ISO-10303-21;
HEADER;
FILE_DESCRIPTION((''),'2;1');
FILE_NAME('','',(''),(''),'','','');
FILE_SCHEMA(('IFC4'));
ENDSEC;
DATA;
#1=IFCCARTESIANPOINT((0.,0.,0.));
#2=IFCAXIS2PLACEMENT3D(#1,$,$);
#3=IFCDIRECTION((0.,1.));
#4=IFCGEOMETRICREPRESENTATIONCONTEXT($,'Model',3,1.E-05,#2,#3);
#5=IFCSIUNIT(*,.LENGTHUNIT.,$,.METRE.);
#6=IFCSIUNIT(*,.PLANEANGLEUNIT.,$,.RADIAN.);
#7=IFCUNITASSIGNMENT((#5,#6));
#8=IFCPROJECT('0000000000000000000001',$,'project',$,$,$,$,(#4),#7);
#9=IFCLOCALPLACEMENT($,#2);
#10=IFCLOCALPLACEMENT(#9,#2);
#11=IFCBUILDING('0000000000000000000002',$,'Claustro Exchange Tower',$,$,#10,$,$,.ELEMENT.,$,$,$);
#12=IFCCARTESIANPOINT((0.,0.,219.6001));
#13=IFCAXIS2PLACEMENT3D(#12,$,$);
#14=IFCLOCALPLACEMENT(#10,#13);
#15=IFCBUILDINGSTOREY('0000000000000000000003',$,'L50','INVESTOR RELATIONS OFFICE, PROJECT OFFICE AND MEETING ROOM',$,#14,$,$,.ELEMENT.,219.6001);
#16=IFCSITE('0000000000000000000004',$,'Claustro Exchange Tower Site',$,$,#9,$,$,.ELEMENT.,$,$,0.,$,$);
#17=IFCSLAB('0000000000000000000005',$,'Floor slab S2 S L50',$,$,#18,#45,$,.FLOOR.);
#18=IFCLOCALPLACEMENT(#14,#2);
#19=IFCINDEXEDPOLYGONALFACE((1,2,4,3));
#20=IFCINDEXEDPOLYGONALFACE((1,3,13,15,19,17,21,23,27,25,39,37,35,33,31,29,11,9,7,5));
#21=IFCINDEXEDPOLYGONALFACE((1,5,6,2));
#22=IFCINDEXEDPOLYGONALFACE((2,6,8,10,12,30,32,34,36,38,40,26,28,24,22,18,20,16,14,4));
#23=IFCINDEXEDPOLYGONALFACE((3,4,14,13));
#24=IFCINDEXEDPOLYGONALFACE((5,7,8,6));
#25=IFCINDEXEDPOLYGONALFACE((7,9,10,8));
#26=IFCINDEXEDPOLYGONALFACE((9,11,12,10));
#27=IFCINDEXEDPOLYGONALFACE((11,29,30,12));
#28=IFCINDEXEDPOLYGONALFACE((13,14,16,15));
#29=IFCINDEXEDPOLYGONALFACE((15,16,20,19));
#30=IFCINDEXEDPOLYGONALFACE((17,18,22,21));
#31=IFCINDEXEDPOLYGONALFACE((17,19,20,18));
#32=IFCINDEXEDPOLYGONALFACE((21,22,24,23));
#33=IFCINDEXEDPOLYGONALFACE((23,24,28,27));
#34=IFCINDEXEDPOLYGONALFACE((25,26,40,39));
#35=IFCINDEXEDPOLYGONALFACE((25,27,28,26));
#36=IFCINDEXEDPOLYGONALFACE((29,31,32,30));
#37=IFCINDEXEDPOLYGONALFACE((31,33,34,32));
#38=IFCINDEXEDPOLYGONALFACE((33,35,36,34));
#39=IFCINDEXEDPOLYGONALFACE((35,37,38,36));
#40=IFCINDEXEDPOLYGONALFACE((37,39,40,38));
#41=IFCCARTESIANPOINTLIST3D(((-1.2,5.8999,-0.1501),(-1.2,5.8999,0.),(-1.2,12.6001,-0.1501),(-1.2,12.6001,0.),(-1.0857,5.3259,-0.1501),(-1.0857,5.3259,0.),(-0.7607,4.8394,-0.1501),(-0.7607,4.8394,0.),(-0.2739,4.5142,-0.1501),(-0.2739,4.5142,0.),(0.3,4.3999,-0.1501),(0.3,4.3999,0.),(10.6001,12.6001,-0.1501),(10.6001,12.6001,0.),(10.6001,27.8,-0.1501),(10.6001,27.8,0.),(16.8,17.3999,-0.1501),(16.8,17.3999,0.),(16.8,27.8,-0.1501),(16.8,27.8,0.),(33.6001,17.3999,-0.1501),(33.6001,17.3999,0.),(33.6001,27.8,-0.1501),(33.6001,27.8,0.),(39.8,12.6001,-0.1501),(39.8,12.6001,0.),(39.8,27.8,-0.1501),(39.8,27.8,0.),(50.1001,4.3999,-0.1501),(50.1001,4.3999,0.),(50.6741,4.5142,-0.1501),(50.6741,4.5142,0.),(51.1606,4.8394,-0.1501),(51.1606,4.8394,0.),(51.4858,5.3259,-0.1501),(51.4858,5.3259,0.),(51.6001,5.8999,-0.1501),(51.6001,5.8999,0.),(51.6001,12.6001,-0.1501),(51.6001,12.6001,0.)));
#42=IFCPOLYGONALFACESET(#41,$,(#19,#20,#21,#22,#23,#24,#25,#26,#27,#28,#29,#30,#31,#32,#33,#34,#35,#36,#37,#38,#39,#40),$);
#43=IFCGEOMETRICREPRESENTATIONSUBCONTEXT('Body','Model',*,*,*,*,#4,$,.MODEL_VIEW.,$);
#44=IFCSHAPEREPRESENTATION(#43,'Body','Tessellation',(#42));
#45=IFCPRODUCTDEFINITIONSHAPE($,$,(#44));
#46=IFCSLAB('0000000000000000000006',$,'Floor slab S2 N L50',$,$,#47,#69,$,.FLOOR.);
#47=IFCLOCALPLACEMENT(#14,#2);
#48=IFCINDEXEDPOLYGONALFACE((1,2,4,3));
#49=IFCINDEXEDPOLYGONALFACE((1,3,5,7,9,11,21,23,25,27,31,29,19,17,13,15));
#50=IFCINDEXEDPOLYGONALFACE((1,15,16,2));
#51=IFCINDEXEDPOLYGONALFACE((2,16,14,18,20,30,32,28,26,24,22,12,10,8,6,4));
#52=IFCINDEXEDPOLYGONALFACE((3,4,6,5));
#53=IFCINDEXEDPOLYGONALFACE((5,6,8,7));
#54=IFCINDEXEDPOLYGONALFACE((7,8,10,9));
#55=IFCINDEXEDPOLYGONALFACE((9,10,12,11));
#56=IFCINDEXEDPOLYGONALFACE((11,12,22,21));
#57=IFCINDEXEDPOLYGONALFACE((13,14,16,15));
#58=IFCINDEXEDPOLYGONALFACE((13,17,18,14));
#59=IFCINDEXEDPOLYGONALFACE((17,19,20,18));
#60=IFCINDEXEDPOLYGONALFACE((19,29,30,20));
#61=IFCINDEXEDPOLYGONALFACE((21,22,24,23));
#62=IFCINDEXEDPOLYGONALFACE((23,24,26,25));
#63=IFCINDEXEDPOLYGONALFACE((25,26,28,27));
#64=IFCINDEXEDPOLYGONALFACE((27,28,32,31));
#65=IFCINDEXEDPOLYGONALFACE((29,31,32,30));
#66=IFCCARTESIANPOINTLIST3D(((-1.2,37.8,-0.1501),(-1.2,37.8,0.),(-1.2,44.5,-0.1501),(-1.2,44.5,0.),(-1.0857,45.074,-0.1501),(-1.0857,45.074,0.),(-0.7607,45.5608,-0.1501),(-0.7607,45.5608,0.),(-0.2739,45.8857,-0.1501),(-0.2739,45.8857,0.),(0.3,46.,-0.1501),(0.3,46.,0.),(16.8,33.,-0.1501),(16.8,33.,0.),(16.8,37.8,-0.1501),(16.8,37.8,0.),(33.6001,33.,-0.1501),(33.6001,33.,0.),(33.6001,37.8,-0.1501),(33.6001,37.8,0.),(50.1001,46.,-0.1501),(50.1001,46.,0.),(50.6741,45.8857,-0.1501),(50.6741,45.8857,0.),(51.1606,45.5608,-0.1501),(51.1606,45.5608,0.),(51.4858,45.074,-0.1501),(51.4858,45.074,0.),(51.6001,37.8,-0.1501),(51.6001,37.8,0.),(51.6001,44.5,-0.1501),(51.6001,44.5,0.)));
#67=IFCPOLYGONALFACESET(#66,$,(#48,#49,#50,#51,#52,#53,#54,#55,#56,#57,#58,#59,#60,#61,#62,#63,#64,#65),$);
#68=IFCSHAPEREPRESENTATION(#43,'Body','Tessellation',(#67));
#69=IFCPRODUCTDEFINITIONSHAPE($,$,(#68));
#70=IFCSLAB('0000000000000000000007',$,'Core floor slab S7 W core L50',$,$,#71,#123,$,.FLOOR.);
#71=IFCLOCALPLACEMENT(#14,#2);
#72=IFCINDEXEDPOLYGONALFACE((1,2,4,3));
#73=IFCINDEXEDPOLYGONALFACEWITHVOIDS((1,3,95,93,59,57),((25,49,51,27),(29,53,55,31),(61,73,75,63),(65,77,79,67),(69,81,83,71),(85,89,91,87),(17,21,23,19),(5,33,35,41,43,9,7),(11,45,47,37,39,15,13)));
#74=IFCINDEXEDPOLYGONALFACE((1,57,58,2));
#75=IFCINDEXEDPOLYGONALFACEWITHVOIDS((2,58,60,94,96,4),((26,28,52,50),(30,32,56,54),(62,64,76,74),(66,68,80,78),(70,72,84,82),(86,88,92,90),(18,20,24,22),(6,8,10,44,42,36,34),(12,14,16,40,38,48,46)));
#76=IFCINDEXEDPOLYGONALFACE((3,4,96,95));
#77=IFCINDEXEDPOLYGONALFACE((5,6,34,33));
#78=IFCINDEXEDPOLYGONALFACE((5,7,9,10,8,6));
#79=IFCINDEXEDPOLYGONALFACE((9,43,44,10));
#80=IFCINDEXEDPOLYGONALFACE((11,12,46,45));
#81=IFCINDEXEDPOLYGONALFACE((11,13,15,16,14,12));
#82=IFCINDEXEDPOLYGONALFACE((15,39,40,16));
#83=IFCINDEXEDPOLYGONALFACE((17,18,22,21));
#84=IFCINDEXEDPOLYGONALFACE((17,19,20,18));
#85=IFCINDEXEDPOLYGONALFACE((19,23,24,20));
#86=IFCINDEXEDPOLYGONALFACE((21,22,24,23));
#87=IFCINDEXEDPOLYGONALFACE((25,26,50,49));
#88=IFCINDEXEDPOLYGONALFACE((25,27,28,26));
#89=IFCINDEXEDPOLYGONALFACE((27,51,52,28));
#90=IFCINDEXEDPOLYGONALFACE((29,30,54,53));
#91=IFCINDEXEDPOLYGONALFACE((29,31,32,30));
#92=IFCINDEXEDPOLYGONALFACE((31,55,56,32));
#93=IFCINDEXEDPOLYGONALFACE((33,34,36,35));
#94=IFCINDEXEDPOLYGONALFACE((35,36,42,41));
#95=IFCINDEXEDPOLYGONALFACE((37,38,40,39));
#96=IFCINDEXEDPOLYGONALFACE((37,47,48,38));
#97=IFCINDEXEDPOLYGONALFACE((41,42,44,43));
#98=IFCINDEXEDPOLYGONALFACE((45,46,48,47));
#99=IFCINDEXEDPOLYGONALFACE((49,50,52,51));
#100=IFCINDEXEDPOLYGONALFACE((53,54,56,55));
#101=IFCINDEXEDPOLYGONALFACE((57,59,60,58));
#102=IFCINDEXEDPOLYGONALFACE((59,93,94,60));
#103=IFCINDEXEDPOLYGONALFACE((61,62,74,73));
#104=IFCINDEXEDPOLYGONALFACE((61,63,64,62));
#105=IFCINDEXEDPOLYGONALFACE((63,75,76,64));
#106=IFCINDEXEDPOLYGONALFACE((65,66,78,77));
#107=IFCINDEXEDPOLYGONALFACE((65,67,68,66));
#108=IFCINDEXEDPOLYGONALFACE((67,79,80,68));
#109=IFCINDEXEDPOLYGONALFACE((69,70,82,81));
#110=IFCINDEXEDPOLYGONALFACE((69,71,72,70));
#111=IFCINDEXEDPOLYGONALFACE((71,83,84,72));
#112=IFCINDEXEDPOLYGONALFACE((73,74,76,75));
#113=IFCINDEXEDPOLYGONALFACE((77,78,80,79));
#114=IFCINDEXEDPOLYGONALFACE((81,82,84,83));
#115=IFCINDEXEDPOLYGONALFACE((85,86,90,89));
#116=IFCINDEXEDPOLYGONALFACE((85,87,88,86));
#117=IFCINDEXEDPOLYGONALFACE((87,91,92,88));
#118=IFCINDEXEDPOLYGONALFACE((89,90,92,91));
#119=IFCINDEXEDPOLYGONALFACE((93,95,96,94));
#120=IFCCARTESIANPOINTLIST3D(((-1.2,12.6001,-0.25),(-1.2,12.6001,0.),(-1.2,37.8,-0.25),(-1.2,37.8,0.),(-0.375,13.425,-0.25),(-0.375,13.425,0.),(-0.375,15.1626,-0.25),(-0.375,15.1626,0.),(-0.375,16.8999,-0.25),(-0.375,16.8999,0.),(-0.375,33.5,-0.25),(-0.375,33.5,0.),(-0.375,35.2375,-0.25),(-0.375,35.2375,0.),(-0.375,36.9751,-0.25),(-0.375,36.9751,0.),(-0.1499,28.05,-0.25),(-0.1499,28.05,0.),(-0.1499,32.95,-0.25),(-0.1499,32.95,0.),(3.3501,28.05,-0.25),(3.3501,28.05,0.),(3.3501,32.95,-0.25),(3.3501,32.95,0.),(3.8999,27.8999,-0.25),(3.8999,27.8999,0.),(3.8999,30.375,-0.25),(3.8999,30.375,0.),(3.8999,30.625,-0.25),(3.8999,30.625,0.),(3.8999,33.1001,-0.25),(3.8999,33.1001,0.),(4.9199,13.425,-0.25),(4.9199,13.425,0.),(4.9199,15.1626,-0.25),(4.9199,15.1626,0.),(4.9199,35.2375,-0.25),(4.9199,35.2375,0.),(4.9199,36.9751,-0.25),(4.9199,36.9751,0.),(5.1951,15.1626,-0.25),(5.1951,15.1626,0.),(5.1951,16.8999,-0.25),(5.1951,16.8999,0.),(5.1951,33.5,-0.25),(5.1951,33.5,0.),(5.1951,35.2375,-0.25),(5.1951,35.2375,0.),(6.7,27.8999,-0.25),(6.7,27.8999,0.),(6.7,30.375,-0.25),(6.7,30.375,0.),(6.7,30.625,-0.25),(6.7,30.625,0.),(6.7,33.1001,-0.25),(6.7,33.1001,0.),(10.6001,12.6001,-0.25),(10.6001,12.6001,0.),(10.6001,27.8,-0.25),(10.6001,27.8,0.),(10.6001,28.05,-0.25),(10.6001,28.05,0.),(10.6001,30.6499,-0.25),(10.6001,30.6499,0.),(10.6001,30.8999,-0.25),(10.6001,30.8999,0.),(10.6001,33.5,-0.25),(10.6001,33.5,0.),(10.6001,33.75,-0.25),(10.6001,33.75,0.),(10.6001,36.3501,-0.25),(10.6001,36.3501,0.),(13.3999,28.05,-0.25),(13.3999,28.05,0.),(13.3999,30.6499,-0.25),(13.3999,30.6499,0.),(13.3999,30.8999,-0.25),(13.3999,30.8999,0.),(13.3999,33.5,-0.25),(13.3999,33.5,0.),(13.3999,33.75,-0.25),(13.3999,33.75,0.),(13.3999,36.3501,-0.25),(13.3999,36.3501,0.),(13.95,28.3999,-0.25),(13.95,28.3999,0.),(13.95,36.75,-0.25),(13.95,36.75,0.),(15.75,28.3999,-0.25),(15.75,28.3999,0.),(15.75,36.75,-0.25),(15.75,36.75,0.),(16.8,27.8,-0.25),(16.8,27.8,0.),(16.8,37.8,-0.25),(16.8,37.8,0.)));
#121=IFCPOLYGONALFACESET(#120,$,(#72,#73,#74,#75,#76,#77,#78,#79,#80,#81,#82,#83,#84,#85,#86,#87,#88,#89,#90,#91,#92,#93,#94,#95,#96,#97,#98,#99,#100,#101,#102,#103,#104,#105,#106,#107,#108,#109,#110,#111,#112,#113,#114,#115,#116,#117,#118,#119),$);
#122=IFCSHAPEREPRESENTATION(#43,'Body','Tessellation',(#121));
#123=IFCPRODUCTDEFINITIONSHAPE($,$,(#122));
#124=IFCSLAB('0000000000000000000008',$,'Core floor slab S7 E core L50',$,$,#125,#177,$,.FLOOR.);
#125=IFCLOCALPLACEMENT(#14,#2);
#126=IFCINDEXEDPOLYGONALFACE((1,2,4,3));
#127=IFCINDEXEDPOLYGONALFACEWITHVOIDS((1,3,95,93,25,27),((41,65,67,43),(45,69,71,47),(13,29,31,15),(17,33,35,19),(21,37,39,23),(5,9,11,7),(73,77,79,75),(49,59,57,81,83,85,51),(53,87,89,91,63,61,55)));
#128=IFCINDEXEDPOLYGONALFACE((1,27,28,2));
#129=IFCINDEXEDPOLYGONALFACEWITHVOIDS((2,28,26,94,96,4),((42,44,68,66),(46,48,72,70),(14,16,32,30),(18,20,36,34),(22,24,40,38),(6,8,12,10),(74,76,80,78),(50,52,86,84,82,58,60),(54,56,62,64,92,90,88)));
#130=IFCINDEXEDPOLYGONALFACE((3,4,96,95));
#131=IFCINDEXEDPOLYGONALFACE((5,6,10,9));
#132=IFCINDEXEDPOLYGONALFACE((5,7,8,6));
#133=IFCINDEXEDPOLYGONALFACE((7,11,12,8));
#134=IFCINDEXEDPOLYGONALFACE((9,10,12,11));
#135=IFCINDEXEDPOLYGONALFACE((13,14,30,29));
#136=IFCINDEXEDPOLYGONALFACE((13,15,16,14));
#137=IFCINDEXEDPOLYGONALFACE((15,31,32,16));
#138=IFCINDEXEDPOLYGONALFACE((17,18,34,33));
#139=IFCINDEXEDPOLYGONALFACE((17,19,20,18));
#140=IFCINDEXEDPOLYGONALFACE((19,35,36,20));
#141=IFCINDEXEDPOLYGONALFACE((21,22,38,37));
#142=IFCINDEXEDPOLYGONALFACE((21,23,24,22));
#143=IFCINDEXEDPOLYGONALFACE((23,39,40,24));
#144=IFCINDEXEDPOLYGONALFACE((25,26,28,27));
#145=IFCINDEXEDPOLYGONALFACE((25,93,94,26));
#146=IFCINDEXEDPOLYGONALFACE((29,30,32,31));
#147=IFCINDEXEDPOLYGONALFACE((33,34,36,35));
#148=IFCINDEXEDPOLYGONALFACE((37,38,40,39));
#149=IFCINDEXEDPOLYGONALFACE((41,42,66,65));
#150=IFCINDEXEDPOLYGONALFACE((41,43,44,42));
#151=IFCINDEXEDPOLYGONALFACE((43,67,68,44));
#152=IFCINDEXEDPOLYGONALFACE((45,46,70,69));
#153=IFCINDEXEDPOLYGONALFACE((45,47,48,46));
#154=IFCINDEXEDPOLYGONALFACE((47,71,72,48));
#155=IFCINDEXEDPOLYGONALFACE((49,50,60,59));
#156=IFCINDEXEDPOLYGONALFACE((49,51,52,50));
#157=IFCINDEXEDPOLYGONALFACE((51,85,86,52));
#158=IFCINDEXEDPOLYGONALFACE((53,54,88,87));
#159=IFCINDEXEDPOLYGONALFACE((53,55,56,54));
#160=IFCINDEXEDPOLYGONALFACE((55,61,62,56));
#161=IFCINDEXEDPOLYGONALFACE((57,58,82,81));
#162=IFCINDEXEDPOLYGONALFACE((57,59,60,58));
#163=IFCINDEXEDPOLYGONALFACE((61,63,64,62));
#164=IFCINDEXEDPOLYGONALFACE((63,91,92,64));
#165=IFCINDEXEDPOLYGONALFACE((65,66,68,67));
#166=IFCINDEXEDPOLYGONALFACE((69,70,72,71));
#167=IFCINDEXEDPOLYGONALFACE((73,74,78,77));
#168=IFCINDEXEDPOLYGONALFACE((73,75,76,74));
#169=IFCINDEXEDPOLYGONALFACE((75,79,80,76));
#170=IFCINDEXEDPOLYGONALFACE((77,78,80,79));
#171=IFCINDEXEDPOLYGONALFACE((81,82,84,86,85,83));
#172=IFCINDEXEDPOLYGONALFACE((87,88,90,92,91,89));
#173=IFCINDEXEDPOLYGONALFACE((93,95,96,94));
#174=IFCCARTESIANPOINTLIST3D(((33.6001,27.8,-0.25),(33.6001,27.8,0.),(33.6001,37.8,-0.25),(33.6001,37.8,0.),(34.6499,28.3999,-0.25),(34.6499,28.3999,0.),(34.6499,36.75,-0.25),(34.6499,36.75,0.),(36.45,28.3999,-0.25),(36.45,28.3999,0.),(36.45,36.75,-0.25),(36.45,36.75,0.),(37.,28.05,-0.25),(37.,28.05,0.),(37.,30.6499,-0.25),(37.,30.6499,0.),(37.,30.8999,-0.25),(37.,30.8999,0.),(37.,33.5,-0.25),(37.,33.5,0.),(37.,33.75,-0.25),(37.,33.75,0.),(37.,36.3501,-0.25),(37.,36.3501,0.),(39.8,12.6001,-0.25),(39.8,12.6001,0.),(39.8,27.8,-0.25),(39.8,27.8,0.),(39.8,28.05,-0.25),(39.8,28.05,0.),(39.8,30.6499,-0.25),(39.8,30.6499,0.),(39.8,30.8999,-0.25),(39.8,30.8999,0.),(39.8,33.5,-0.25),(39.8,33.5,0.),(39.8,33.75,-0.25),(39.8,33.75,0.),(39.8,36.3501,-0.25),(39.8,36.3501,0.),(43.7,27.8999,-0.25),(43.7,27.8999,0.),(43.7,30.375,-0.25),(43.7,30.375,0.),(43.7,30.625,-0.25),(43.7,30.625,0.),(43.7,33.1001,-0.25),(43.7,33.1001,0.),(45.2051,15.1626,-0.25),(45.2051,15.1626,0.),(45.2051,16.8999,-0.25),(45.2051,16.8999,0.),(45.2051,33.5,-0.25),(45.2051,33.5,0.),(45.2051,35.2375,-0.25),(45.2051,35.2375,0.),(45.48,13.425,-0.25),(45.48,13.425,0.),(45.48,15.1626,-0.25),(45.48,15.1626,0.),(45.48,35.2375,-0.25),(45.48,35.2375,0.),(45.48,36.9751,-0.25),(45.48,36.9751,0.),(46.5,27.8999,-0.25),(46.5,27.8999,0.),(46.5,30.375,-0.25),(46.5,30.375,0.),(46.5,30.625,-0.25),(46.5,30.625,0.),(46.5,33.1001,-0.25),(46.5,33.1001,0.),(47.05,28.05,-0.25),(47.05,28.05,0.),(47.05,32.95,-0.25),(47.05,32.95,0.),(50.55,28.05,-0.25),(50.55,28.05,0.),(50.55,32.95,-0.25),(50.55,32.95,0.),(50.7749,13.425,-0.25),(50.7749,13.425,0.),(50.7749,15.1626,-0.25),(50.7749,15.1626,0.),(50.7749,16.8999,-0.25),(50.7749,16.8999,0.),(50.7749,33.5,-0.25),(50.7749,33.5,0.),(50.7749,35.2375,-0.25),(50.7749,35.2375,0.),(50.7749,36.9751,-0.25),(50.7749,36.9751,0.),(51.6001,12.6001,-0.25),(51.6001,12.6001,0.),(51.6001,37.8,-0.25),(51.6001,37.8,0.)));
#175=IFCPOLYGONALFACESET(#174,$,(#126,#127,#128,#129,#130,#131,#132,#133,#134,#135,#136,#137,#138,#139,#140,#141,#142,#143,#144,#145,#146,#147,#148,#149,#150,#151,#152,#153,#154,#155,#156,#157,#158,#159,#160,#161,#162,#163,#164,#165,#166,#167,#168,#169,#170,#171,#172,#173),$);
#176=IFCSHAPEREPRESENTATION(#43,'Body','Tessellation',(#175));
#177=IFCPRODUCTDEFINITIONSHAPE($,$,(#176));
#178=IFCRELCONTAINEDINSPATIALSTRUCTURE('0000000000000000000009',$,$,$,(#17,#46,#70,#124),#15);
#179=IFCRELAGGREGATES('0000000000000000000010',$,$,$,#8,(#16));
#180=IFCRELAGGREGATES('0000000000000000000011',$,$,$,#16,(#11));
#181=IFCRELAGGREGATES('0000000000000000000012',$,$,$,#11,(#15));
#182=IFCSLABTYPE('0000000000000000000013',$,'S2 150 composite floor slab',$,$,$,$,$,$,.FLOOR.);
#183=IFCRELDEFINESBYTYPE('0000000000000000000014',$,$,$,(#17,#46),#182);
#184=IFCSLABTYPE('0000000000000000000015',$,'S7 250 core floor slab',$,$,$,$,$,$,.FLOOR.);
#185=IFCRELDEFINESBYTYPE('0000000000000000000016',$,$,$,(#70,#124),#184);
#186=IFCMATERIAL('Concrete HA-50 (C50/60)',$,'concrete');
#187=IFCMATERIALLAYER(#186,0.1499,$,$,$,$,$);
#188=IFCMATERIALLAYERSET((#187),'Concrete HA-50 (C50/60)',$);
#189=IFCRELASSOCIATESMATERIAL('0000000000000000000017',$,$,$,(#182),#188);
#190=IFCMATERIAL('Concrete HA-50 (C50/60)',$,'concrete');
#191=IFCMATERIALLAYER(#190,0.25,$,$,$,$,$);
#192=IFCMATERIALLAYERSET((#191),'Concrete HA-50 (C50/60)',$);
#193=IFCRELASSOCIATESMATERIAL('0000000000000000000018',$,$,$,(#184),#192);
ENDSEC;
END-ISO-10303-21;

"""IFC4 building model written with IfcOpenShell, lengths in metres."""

from ifc_helpers import new_model, si_unit, direction, frame, origin, place, context, subcontext, project, spatial, polyline, outline, extrude, material, layer, layer_set, type_object, element, save


model = new_model("IFC4")

# Units and contexts
model_context = context("Model", 3, precision=1e-05, world=origin(), true_north=direction((0.0, 1.0)))
body_context = subcontext(model_context, "Body", "Model", "MODEL_VIEW")
ifc_project = project(units=[si_unit("LENGTHUNIT", "METRE"), si_unit("PLANEANGLEUNIT", "RADIAN")], contexts=[model_context])

# Site, building, storey
site_placement = place(None, origin())
site = spatial("IfcSite", under=ifc_project, at=site_placement, Name="Claustro Exchange Tower Site", CompositionType="ELEMENT", RefElevation=0.0)
building_placement = place(site_placement, origin())
building = spatial("IfcBuilding", under=site, at=building_placement, Name="Claustro Exchange Tower", CompositionType="ELEMENT")
storey_placement = place(building_placement, frame((0.0, 0.0, 219.6001)))
storey = spatial("IfcBuildingStorey", under=building, at=storey_placement, Name="L50", Description="INVESTOR RELATIONS OFFICE, PROJECT OFFICE AND MEETING ROOM", CompositionType="ELEMENT", Elevation=219.6001)

# Slabs
ifc_material_1 = material(Name="Concrete HA-50 (C50/60)", Category="concrete")
ifc_layer_1 = layer(ifc_material_1, 0.1499)
ifc_layer_set_1 = layer_set([ifc_layer_1], Name="Concrete HA-50 (C50/60)")
slab_type_1 = type_object("IfcSlabType", Name="S2 150 composite floor slab", PredefinedType="FLOOR", material=ifc_layer_set_1)
slab_1_placement = place(storey_placement, frame((0.0, 0.0, -0.1501)))
element("IfcSlab", 1, at=slab_1_placement, inside=storey, type_object=slab_type_1, Name="Floor slab S2 S L50", PredefinedType="FLOOR", context=body_context, shape_type="SweptSolid", body=[
    extrude(outline(polyline([(-0.2739, 4.5142), (0.3, 4.3999), (50.1001, 4.3999), (50.6741, 4.5142), (51.1606, 4.8394), (51.4858, 5.3259), (51.6001, 5.8999), (51.6001, 12.6001), (39.8, 12.6001), (39.8, 27.8), (33.6001, 27.8), (33.6001, 17.3999), (16.8, 17.3999), (16.8, 27.8), (10.6001, 27.8), (10.6001, 12.6001), (-1.2, 12.6001), (-1.2, 5.8999), (-1.0857, 5.3259), (-0.7607, 4.8394), (-0.2739, 4.5142)])), origin(), (0.0, 0.0, 1.0), 0.1501),
])
slab_2_placement = place(storey_placement, frame((0.0, 0.0, -0.1501)))
element("IfcSlab", 2, at=slab_2_placement, inside=storey, type_object=slab_type_1, Name="Floor slab S2 N L50", PredefinedType="FLOOR", context=body_context, shape_type="SweptSolid", body=[
    extrude(outline(polyline([(16.8, 37.8), (16.8, 33.0), (33.6001, 33.0), (33.6001, 37.8), (51.6001, 37.8), (51.6001, 44.5), (51.4858, 45.074), (51.1606, 45.5608), (50.6741, 45.8857), (50.1001, 46.0), (0.3, 46.0), (-0.2739, 45.8857), (-0.7607, 45.5608), (-1.0857, 45.074), (-1.2, 44.5), (-1.2, 37.8), (16.8, 37.8)])), origin(), (0.0, 0.0, 1.0), 0.1501),
])
ifc_material_2 = material(Name="Concrete HA-50 (C50/60)", Category="concrete")
ifc_layer_2 = layer(ifc_material_2, 0.25)
ifc_layer_set_2 = layer_set([ifc_layer_2], Name="Concrete HA-50 (C50/60)")
slab_type_2 = type_object("IfcSlabType", Name="S7 250 core floor slab", PredefinedType="FLOOR", material=ifc_layer_set_2)
slab_3_placement = place(storey_placement, frame((0.0, 0.0, -0.25)))
element("IfcSlab", 3, at=slab_3_placement, inside=storey, type_object=slab_type_2, Name="Core floor slab S7 W core L50", PredefinedType="FLOOR", context=body_context, shape_type="SweptSolid", body=[
    extrude(outline(polyline([(-1.2, 37.8), (-1.2, 12.6001), (10.6001, 12.6001), (10.6001, 27.8), (16.8, 27.8), (16.8, 37.8), (-1.2, 37.8)]), holes=[polyline([(13.95, 36.75), (15.75, 36.75), (15.75, 28.3999), (13.95, 28.3999), (13.95, 36.75)]), polyline([(10.6001, 30.6499), (13.3999, 30.6499), (13.3999, 28.05), (10.6001, 28.05), (10.6001, 30.6499)]), polyline([(10.6001, 33.5), (13.3999, 33.5), (13.3999, 30.8999), (10.6001, 30.8999), (10.6001, 33.5)]), polyline([(13.3999, 36.3501), (13.3999, 33.75), (10.6001, 33.75), (10.6001, 36.3501), (13.3999, 36.3501)]), polyline([(3.8999, 30.375), (6.7, 30.375), (6.7, 27.8999), (3.8999, 27.8999), (3.8999, 30.375)]), polyline([(3.8999, 33.1001), (6.7, 33.1001), (6.7, 30.625), (3.8999, 30.625), (3.8999, 33.1001)]), polyline([(-0.375, 15.1626), (-0.375, 16.8999), (5.1951, 16.8999), (5.1951, 15.1626), (4.9199, 15.1626), (4.9199, 13.425), (-0.375, 13.425), (-0.375, 15.1626)]), polyline([(-0.375, 35.2375), (-0.375, 36.9751), (4.9199, 36.9751), (4.9199, 35.2375), (5.1951, 35.2375), (5.1951, 33.5), (-0.375, 33.5), (-0.375, 35.2375)]), polyline([(-0.1499, 32.95), (3.3501, 32.95), (3.3501, 28.05), (-0.1499, 28.05), (-0.1499, 32.95)])]), origin(), (0.0, 0.0, 1.0), 0.25),
])
slab_4_placement = place(storey_placement, frame((0.0, 0.0, -0.25)))
element("IfcSlab", 4, at=slab_4_placement, inside=storey, type_object=slab_type_2, Name="Core floor slab S7 E core L50", PredefinedType="FLOOR", context=body_context, shape_type="SweptSolid", body=[
    extrude(outline(polyline([(51.6001, 37.8), (33.6001, 37.8), (33.6001, 27.8), (39.8, 27.8), (39.8, 12.6001), (51.6001, 12.6001), (51.6001, 37.8)]), holes=[polyline([(45.48, 15.1626), (45.2051, 15.1626), (45.2051, 16.8999), (50.7749, 16.8999), (50.7749, 15.1626), (50.7749, 13.425), (45.48, 13.425), (45.48, 15.1626)]), polyline([(45.48, 35.2375), (45.48, 36.9751), (50.7749, 36.9751), (50.7749, 35.2375), (50.7749, 33.5), (45.2051, 33.5), (45.2051, 35.2375), (45.48, 35.2375)]), polyline([(47.05, 32.95), (50.55, 32.95), (50.55, 28.05), (47.05, 28.05), (47.05, 32.95)]), polyline([(43.7, 30.375), (46.5, 30.375), (46.5, 27.8999), (43.7, 27.8999), (43.7, 30.375)]), polyline([(43.7, 33.1001), (46.5, 33.1001), (46.5, 30.625), (43.7, 30.625), (43.7, 33.1001)]), polyline([(37.0, 30.6499), (39.8, 30.6499), (39.8, 28.05), (37.0, 28.05), (37.0, 30.6499)]), polyline([(37.0, 33.5), (39.8, 33.5), (39.8, 30.8999), (37.0, 30.8999), (37.0, 33.5)]), polyline([(39.8, 36.3501), (39.8, 33.75), (37.0, 33.75), (37.0, 36.3501), (39.8, 36.3501)]), polyline([(34.6499, 36.75), (36.45, 36.75), (36.45, 28.3999), (34.6499, 28.3999), (34.6499, 36.75)])]), origin(), (0.0, 0.0, 1.0), 0.25),
])

save(model, "model.ifc")
